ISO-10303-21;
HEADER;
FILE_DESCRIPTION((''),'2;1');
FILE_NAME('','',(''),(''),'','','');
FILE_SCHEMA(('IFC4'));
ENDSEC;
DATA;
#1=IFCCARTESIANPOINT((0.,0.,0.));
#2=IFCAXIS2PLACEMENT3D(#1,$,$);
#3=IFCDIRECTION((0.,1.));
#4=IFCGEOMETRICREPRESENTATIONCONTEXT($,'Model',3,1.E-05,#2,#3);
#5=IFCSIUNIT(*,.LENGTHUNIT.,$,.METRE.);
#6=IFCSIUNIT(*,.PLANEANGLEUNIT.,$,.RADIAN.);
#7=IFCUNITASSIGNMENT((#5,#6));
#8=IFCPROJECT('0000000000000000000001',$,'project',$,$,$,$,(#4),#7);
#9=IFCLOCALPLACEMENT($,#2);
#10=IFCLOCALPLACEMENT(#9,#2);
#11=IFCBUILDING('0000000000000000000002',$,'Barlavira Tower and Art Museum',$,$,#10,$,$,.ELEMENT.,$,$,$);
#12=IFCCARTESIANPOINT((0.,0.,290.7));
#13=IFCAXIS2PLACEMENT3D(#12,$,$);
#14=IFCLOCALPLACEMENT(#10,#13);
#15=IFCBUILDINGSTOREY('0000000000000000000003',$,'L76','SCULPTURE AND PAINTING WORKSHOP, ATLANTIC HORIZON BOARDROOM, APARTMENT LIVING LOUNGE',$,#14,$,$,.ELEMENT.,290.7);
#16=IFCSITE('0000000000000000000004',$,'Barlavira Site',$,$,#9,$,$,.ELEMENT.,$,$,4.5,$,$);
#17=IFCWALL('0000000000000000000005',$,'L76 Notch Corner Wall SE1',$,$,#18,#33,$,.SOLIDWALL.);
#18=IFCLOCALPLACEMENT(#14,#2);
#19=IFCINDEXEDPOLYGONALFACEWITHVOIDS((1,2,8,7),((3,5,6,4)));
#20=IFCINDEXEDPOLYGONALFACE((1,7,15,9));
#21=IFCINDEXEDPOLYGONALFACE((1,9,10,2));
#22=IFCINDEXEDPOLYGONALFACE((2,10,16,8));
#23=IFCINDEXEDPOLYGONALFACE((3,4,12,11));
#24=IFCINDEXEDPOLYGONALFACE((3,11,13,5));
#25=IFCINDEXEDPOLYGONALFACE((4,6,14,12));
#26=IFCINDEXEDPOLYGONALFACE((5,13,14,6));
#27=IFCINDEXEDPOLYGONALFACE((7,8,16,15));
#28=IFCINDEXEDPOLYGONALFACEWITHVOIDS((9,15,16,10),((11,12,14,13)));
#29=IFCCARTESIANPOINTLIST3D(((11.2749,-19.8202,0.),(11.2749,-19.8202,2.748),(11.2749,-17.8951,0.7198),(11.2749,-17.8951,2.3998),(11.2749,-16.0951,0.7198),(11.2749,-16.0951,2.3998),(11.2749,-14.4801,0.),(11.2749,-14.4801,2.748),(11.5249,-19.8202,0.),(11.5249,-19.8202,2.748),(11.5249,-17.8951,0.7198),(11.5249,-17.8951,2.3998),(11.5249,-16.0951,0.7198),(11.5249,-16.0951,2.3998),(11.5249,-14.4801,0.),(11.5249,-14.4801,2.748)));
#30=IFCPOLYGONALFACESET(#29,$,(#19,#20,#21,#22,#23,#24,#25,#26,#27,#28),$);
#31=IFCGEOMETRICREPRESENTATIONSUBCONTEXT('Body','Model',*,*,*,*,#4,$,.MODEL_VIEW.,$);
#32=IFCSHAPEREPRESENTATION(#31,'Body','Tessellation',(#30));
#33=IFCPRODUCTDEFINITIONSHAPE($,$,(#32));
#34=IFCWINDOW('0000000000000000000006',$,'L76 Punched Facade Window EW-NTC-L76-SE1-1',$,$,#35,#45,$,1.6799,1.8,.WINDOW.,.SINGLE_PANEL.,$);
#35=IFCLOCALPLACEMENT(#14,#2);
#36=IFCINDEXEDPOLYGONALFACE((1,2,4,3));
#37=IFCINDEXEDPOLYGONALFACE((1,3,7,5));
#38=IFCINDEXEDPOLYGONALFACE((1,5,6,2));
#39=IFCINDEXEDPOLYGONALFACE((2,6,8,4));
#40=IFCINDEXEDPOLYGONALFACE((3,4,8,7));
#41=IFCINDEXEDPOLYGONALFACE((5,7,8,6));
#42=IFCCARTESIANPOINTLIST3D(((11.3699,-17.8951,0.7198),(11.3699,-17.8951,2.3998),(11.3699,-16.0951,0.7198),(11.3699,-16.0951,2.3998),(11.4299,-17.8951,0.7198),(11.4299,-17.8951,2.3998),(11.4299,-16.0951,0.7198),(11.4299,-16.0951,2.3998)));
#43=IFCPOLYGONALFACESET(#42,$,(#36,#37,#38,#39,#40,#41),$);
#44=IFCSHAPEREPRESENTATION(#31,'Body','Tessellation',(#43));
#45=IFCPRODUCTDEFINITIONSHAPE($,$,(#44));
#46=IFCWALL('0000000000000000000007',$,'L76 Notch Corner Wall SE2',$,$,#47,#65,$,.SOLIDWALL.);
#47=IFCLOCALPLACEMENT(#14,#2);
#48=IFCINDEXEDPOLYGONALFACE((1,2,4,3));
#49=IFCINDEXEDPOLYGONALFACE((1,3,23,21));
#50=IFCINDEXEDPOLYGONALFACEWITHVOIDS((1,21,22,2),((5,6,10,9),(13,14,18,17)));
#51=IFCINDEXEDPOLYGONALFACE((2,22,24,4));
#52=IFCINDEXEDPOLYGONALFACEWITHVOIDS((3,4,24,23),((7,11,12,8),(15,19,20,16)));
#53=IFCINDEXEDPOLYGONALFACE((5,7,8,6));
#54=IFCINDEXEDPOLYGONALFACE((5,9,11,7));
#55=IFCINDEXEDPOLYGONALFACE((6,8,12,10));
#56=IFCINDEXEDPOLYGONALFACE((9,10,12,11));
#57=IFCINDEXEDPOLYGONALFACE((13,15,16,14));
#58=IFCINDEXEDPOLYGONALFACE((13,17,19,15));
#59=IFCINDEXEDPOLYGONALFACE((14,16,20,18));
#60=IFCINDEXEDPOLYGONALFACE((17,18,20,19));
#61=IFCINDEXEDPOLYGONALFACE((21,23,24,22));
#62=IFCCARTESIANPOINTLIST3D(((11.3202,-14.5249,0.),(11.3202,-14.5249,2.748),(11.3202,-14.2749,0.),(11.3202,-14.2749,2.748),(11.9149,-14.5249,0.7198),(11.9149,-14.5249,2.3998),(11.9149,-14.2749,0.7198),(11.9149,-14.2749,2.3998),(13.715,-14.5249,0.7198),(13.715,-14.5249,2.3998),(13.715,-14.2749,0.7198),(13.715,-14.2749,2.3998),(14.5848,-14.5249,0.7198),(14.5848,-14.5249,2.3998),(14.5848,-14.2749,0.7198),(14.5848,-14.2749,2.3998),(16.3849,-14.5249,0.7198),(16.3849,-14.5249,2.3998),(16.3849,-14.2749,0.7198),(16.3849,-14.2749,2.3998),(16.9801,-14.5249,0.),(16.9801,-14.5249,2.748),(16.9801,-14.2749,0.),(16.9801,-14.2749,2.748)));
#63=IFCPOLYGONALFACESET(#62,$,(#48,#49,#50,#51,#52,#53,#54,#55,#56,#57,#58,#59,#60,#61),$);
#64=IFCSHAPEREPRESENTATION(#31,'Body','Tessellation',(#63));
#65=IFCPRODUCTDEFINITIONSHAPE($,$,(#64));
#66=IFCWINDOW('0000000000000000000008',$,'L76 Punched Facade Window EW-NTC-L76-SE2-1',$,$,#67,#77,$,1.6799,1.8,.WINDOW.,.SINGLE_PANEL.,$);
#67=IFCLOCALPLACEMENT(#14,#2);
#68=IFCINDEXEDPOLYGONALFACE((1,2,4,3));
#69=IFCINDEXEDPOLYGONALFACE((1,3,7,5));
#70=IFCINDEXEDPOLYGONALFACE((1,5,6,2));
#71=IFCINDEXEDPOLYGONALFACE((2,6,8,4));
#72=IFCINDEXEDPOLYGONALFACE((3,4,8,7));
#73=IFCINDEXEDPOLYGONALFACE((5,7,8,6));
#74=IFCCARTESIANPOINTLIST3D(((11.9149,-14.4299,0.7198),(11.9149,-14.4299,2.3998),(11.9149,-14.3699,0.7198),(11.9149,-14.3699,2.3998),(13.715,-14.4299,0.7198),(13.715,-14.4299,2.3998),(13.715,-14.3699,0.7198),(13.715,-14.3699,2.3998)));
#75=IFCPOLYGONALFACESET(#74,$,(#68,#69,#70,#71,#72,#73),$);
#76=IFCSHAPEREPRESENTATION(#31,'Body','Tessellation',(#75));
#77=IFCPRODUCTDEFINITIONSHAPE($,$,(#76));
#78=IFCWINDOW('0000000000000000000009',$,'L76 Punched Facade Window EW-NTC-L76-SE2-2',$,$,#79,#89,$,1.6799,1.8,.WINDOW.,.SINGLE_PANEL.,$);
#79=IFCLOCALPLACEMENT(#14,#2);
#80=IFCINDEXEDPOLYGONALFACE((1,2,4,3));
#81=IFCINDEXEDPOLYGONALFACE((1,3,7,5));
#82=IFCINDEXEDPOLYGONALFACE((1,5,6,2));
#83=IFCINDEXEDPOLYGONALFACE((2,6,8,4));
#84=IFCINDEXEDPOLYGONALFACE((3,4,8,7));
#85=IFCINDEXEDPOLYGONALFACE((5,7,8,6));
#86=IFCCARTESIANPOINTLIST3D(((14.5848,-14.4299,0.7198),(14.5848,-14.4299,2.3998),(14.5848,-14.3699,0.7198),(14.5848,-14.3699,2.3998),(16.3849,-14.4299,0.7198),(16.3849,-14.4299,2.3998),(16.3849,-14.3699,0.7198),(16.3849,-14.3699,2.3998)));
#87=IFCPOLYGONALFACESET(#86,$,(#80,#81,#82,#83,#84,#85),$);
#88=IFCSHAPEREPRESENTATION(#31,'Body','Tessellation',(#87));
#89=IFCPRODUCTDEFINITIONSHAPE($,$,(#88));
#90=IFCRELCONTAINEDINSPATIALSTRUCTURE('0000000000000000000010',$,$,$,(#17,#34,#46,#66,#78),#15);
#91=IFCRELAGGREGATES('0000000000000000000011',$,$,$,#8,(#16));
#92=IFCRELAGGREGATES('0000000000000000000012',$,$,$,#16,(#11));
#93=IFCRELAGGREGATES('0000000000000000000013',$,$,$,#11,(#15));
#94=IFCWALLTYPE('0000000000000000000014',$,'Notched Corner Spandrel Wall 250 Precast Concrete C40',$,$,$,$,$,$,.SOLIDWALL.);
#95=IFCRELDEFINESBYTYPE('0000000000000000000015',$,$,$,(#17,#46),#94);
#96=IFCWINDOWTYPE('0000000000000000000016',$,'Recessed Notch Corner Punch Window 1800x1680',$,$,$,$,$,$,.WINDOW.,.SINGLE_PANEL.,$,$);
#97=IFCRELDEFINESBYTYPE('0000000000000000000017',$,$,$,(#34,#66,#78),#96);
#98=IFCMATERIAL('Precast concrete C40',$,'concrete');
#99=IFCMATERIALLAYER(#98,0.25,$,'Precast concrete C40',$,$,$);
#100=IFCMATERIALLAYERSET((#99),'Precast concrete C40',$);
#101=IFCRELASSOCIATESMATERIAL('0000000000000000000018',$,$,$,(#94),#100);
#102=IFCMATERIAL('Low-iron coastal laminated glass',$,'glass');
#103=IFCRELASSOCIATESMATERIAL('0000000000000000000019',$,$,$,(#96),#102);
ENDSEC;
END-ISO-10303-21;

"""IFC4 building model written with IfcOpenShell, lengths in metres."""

from ifc_helpers import new_model, si_unit, direction, frame, frame_2d, origin, place, context, subcontext, project, spatial, rectangle, extrude, material, layer, layer_set, type_object, element, fill, save


model = new_model("IFC4")

# Units and contexts
model_context = context("Model", 3, precision=1e-05, world=origin(), true_north=direction((0.0, 1.0)))
body_context = subcontext(model_context, "Body", "Model", "MODEL_VIEW")
ifc_project = project(units=[si_unit("LENGTHUNIT", "METRE"), si_unit("PLANEANGLEUNIT", "RADIAN")], contexts=[model_context])

# Site, building, storey
site_placement = place(None, origin())
site = spatial("IfcSite", under=ifc_project, at=site_placement, Name="Barlavira Site", CompositionType="ELEMENT", RefElevation=4.5)
building_placement = place(site_placement, origin())
building = spatial("IfcBuilding", under=site, at=building_placement, Name="Barlavira Tower and Art Museum", CompositionType="ELEMENT")
storey_placement = place(building_placement, frame((0.0, 0.0, 290.7)))
storey = spatial("IfcBuildingStorey", under=building, at=storey_placement, Name="L76", Description="SCULPTURE AND PAINTING WORKSHOP, ATLANTIC HORIZON BOARDROOM, APARTMENT LIVING LOUNGE", CompositionType="ELEMENT", Elevation=290.7)

# Shared definitions
ifc_material_1 = material(Name="Low-iron coastal laminated glass", Category="glass")

# Shared definitions
ifc_material_2 = material(Name="Precast concrete C40", Category="concrete")
ifc_layer_1 = layer(ifc_material_2, 0.25, Name="Precast concrete C40")
ifc_layer_set_1 = layer_set([ifc_layer_1], Name="Precast concrete C40")
wall_type_1 = type_object("IfcWallType", Name="Notched Corner Spandrel Wall 250 Precast Concrete C40", PredefinedType="SOLIDWALL", material=ifc_layer_set_1)

# Wall, opening, window
window_type_1 = type_object("IfcWindowType", Name="Recessed Notch Corner Punch Window 1800x1680", PartitioningType="SINGLE_PANEL", PredefinedType="WINDOW", material=ifc_material_1)
wall_1_placement = place(storey_placement, frame((11.3999, -19.8201, 0.0), z_axis=(0.0, 0.0, 1.0), x_axis=(0.0, 1.0, 0.0)))
wall_1 = element("IfcWall", 1, at=wall_1_placement, inside=storey, type_object=wall_type_1, Name="L76 Notch Corner Wall SE1", PredefinedType="SOLIDWALL", context=body_context, shape_type="SweptSolid", body=[
    extrude(rectangle(XDim=5.3401, YDim=0.25, at=frame_2d((2.6699, 0.0))), origin(), (0.0, 0.0, 1.0), 2.748),
])
opening_1_placement = place(wall_1_placement, frame((1.925, 0.0, 0.72)))
opening_1 = element("IfcOpeningElement", 2, at=opening_1_placement, cuts=wall_1, PredefinedType="OPENING", context=body_context, shape_type="SweptSolid", body=[
    extrude(rectangle(XDim=1.8, YDim=1.6799, at=frame_2d((0.8999, 0.8398))), frame((0.0, 0.135, 0.0), z_axis=(0.0, -1.0, 0.0), x_axis=(1.0, 0.0, 0.0)), (0.0, 0.0, 1.0), 0.27),
])
window_1_placement = place(opening_1_placement, origin())
window_1 = element("IfcWindow", 3, at=window_1_placement, inside=storey, type_object=window_type_1, Name="L76 Punched Facade Window EW-NTC-L76-SE1-1", OverallHeight=1.6799, OverallWidth=1.8, PartitioningType="SINGLE_PANEL", PredefinedType="WINDOW", context=body_context, shape_type="SweptSolid", body=[
    extrude(rectangle(XDim=1.8, YDim=1.6799, at=frame_2d((0.8999, 0.8398))), frame((0.0, 0.03, 0.0), z_axis=(0.0, -1.0, 0.0), x_axis=(1.0, 0.0, 0.0)), (0.0, 0.0, 1.0), 0.0601),
])
fill(opening_1, window_1)

# Wall, openings, windows
wall_2_placement = place(storey_placement, frame((11.3201, -14.3999, 0.0), z_axis=(0.0, 0.0, 1.0), x_axis=(1.0, 0.0, 0.0)))
wall_2 = element("IfcWall", 4, at=wall_2_placement, inside=storey, type_object=wall_type_1, Name="L76 Notch Corner Wall SE2", PredefinedType="SOLIDWALL", context=body_context, shape_type="SweptSolid", body=[
    extrude(rectangle(XDim=5.6599, YDim=0.25, at=frame_2d((2.8301, 0.0))), origin(), (0.0, 0.0, 1.0), 2.748),
])
opening_2_placement = place(wall_2_placement, frame((0.595, 0.0, 0.72)))
opening_2 = element("IfcOpeningElement", 5, at=opening_2_placement, cuts=wall_2, PredefinedType="OPENING", context=body_context, shape_type="SweptSolid", body=[
    extrude(rectangle(XDim=1.8, YDim=1.6799, at=frame_2d((0.8999, 0.8398))), frame((0.0, 0.135, 0.0), z_axis=(0.0, -1.0, 0.0), x_axis=(1.0, 0.0, 0.0)), (0.0, 0.0, 1.0), 0.27),
])
opening_3_placement = place(wall_2_placement, frame((3.2649, 0.0, 0.72)))
opening_3 = element("IfcOpeningElement", 6, at=opening_3_placement, cuts=wall_2, PredefinedType="OPENING", context=body_context, shape_type="SweptSolid", body=[
    extrude(rectangle(XDim=1.8, YDim=1.6799, at=frame_2d((0.8999, 0.8398))), frame((0.0, 0.135, 0.0), z_axis=(0.0, -1.0, 0.0), x_axis=(1.0, 0.0, 0.0)), (0.0, 0.0, 1.0), 0.27),
])
window_2_placement = place(opening_2_placement, origin())
window_2 = element("IfcWindow", 7, at=window_2_placement, inside=storey, type_object=window_type_1, Name="L76 Punched Facade Window EW-NTC-L76-SE2-1", OverallHeight=1.6799, OverallWidth=1.8, PartitioningType="SINGLE_PANEL", PredefinedType="WINDOW", context=body_context, shape_type="SweptSolid", body=[
    extrude(rectangle(XDim=1.8, YDim=1.6799, at=frame_2d((0.8999, 0.8398))), frame((0.0, 0.03, 0.0), z_axis=(0.0, -1.0, 0.0), x_axis=(1.0, 0.0, 0.0)), (0.0, 0.0, 1.0), 0.0601),
])
fill(opening_2, window_2)
window_3_placement = place(opening_3_placement, origin())
window_3 = element("IfcWindow", 8, at=window_3_placement, inside=storey, type_object=window_type_1, Name="L76 Punched Facade Window EW-NTC-L76-SE2-2", OverallHeight=1.6799, OverallWidth=1.8, PartitioningType="SINGLE_PANEL", PredefinedType="WINDOW", context=body_context, shape_type="SweptSolid", body=[
    extrude(rectangle(XDim=1.8, YDim=1.6799, at=frame_2d((0.8999, 0.8398))), frame((0.0, 0.03, 0.0), z_axis=(0.0, -1.0, 0.0), x_axis=(1.0, 0.0, 0.0)), (0.0, 0.0, 1.0), 0.0601),
])
fill(opening_3, window_3)

save(model, "model.ifc")
